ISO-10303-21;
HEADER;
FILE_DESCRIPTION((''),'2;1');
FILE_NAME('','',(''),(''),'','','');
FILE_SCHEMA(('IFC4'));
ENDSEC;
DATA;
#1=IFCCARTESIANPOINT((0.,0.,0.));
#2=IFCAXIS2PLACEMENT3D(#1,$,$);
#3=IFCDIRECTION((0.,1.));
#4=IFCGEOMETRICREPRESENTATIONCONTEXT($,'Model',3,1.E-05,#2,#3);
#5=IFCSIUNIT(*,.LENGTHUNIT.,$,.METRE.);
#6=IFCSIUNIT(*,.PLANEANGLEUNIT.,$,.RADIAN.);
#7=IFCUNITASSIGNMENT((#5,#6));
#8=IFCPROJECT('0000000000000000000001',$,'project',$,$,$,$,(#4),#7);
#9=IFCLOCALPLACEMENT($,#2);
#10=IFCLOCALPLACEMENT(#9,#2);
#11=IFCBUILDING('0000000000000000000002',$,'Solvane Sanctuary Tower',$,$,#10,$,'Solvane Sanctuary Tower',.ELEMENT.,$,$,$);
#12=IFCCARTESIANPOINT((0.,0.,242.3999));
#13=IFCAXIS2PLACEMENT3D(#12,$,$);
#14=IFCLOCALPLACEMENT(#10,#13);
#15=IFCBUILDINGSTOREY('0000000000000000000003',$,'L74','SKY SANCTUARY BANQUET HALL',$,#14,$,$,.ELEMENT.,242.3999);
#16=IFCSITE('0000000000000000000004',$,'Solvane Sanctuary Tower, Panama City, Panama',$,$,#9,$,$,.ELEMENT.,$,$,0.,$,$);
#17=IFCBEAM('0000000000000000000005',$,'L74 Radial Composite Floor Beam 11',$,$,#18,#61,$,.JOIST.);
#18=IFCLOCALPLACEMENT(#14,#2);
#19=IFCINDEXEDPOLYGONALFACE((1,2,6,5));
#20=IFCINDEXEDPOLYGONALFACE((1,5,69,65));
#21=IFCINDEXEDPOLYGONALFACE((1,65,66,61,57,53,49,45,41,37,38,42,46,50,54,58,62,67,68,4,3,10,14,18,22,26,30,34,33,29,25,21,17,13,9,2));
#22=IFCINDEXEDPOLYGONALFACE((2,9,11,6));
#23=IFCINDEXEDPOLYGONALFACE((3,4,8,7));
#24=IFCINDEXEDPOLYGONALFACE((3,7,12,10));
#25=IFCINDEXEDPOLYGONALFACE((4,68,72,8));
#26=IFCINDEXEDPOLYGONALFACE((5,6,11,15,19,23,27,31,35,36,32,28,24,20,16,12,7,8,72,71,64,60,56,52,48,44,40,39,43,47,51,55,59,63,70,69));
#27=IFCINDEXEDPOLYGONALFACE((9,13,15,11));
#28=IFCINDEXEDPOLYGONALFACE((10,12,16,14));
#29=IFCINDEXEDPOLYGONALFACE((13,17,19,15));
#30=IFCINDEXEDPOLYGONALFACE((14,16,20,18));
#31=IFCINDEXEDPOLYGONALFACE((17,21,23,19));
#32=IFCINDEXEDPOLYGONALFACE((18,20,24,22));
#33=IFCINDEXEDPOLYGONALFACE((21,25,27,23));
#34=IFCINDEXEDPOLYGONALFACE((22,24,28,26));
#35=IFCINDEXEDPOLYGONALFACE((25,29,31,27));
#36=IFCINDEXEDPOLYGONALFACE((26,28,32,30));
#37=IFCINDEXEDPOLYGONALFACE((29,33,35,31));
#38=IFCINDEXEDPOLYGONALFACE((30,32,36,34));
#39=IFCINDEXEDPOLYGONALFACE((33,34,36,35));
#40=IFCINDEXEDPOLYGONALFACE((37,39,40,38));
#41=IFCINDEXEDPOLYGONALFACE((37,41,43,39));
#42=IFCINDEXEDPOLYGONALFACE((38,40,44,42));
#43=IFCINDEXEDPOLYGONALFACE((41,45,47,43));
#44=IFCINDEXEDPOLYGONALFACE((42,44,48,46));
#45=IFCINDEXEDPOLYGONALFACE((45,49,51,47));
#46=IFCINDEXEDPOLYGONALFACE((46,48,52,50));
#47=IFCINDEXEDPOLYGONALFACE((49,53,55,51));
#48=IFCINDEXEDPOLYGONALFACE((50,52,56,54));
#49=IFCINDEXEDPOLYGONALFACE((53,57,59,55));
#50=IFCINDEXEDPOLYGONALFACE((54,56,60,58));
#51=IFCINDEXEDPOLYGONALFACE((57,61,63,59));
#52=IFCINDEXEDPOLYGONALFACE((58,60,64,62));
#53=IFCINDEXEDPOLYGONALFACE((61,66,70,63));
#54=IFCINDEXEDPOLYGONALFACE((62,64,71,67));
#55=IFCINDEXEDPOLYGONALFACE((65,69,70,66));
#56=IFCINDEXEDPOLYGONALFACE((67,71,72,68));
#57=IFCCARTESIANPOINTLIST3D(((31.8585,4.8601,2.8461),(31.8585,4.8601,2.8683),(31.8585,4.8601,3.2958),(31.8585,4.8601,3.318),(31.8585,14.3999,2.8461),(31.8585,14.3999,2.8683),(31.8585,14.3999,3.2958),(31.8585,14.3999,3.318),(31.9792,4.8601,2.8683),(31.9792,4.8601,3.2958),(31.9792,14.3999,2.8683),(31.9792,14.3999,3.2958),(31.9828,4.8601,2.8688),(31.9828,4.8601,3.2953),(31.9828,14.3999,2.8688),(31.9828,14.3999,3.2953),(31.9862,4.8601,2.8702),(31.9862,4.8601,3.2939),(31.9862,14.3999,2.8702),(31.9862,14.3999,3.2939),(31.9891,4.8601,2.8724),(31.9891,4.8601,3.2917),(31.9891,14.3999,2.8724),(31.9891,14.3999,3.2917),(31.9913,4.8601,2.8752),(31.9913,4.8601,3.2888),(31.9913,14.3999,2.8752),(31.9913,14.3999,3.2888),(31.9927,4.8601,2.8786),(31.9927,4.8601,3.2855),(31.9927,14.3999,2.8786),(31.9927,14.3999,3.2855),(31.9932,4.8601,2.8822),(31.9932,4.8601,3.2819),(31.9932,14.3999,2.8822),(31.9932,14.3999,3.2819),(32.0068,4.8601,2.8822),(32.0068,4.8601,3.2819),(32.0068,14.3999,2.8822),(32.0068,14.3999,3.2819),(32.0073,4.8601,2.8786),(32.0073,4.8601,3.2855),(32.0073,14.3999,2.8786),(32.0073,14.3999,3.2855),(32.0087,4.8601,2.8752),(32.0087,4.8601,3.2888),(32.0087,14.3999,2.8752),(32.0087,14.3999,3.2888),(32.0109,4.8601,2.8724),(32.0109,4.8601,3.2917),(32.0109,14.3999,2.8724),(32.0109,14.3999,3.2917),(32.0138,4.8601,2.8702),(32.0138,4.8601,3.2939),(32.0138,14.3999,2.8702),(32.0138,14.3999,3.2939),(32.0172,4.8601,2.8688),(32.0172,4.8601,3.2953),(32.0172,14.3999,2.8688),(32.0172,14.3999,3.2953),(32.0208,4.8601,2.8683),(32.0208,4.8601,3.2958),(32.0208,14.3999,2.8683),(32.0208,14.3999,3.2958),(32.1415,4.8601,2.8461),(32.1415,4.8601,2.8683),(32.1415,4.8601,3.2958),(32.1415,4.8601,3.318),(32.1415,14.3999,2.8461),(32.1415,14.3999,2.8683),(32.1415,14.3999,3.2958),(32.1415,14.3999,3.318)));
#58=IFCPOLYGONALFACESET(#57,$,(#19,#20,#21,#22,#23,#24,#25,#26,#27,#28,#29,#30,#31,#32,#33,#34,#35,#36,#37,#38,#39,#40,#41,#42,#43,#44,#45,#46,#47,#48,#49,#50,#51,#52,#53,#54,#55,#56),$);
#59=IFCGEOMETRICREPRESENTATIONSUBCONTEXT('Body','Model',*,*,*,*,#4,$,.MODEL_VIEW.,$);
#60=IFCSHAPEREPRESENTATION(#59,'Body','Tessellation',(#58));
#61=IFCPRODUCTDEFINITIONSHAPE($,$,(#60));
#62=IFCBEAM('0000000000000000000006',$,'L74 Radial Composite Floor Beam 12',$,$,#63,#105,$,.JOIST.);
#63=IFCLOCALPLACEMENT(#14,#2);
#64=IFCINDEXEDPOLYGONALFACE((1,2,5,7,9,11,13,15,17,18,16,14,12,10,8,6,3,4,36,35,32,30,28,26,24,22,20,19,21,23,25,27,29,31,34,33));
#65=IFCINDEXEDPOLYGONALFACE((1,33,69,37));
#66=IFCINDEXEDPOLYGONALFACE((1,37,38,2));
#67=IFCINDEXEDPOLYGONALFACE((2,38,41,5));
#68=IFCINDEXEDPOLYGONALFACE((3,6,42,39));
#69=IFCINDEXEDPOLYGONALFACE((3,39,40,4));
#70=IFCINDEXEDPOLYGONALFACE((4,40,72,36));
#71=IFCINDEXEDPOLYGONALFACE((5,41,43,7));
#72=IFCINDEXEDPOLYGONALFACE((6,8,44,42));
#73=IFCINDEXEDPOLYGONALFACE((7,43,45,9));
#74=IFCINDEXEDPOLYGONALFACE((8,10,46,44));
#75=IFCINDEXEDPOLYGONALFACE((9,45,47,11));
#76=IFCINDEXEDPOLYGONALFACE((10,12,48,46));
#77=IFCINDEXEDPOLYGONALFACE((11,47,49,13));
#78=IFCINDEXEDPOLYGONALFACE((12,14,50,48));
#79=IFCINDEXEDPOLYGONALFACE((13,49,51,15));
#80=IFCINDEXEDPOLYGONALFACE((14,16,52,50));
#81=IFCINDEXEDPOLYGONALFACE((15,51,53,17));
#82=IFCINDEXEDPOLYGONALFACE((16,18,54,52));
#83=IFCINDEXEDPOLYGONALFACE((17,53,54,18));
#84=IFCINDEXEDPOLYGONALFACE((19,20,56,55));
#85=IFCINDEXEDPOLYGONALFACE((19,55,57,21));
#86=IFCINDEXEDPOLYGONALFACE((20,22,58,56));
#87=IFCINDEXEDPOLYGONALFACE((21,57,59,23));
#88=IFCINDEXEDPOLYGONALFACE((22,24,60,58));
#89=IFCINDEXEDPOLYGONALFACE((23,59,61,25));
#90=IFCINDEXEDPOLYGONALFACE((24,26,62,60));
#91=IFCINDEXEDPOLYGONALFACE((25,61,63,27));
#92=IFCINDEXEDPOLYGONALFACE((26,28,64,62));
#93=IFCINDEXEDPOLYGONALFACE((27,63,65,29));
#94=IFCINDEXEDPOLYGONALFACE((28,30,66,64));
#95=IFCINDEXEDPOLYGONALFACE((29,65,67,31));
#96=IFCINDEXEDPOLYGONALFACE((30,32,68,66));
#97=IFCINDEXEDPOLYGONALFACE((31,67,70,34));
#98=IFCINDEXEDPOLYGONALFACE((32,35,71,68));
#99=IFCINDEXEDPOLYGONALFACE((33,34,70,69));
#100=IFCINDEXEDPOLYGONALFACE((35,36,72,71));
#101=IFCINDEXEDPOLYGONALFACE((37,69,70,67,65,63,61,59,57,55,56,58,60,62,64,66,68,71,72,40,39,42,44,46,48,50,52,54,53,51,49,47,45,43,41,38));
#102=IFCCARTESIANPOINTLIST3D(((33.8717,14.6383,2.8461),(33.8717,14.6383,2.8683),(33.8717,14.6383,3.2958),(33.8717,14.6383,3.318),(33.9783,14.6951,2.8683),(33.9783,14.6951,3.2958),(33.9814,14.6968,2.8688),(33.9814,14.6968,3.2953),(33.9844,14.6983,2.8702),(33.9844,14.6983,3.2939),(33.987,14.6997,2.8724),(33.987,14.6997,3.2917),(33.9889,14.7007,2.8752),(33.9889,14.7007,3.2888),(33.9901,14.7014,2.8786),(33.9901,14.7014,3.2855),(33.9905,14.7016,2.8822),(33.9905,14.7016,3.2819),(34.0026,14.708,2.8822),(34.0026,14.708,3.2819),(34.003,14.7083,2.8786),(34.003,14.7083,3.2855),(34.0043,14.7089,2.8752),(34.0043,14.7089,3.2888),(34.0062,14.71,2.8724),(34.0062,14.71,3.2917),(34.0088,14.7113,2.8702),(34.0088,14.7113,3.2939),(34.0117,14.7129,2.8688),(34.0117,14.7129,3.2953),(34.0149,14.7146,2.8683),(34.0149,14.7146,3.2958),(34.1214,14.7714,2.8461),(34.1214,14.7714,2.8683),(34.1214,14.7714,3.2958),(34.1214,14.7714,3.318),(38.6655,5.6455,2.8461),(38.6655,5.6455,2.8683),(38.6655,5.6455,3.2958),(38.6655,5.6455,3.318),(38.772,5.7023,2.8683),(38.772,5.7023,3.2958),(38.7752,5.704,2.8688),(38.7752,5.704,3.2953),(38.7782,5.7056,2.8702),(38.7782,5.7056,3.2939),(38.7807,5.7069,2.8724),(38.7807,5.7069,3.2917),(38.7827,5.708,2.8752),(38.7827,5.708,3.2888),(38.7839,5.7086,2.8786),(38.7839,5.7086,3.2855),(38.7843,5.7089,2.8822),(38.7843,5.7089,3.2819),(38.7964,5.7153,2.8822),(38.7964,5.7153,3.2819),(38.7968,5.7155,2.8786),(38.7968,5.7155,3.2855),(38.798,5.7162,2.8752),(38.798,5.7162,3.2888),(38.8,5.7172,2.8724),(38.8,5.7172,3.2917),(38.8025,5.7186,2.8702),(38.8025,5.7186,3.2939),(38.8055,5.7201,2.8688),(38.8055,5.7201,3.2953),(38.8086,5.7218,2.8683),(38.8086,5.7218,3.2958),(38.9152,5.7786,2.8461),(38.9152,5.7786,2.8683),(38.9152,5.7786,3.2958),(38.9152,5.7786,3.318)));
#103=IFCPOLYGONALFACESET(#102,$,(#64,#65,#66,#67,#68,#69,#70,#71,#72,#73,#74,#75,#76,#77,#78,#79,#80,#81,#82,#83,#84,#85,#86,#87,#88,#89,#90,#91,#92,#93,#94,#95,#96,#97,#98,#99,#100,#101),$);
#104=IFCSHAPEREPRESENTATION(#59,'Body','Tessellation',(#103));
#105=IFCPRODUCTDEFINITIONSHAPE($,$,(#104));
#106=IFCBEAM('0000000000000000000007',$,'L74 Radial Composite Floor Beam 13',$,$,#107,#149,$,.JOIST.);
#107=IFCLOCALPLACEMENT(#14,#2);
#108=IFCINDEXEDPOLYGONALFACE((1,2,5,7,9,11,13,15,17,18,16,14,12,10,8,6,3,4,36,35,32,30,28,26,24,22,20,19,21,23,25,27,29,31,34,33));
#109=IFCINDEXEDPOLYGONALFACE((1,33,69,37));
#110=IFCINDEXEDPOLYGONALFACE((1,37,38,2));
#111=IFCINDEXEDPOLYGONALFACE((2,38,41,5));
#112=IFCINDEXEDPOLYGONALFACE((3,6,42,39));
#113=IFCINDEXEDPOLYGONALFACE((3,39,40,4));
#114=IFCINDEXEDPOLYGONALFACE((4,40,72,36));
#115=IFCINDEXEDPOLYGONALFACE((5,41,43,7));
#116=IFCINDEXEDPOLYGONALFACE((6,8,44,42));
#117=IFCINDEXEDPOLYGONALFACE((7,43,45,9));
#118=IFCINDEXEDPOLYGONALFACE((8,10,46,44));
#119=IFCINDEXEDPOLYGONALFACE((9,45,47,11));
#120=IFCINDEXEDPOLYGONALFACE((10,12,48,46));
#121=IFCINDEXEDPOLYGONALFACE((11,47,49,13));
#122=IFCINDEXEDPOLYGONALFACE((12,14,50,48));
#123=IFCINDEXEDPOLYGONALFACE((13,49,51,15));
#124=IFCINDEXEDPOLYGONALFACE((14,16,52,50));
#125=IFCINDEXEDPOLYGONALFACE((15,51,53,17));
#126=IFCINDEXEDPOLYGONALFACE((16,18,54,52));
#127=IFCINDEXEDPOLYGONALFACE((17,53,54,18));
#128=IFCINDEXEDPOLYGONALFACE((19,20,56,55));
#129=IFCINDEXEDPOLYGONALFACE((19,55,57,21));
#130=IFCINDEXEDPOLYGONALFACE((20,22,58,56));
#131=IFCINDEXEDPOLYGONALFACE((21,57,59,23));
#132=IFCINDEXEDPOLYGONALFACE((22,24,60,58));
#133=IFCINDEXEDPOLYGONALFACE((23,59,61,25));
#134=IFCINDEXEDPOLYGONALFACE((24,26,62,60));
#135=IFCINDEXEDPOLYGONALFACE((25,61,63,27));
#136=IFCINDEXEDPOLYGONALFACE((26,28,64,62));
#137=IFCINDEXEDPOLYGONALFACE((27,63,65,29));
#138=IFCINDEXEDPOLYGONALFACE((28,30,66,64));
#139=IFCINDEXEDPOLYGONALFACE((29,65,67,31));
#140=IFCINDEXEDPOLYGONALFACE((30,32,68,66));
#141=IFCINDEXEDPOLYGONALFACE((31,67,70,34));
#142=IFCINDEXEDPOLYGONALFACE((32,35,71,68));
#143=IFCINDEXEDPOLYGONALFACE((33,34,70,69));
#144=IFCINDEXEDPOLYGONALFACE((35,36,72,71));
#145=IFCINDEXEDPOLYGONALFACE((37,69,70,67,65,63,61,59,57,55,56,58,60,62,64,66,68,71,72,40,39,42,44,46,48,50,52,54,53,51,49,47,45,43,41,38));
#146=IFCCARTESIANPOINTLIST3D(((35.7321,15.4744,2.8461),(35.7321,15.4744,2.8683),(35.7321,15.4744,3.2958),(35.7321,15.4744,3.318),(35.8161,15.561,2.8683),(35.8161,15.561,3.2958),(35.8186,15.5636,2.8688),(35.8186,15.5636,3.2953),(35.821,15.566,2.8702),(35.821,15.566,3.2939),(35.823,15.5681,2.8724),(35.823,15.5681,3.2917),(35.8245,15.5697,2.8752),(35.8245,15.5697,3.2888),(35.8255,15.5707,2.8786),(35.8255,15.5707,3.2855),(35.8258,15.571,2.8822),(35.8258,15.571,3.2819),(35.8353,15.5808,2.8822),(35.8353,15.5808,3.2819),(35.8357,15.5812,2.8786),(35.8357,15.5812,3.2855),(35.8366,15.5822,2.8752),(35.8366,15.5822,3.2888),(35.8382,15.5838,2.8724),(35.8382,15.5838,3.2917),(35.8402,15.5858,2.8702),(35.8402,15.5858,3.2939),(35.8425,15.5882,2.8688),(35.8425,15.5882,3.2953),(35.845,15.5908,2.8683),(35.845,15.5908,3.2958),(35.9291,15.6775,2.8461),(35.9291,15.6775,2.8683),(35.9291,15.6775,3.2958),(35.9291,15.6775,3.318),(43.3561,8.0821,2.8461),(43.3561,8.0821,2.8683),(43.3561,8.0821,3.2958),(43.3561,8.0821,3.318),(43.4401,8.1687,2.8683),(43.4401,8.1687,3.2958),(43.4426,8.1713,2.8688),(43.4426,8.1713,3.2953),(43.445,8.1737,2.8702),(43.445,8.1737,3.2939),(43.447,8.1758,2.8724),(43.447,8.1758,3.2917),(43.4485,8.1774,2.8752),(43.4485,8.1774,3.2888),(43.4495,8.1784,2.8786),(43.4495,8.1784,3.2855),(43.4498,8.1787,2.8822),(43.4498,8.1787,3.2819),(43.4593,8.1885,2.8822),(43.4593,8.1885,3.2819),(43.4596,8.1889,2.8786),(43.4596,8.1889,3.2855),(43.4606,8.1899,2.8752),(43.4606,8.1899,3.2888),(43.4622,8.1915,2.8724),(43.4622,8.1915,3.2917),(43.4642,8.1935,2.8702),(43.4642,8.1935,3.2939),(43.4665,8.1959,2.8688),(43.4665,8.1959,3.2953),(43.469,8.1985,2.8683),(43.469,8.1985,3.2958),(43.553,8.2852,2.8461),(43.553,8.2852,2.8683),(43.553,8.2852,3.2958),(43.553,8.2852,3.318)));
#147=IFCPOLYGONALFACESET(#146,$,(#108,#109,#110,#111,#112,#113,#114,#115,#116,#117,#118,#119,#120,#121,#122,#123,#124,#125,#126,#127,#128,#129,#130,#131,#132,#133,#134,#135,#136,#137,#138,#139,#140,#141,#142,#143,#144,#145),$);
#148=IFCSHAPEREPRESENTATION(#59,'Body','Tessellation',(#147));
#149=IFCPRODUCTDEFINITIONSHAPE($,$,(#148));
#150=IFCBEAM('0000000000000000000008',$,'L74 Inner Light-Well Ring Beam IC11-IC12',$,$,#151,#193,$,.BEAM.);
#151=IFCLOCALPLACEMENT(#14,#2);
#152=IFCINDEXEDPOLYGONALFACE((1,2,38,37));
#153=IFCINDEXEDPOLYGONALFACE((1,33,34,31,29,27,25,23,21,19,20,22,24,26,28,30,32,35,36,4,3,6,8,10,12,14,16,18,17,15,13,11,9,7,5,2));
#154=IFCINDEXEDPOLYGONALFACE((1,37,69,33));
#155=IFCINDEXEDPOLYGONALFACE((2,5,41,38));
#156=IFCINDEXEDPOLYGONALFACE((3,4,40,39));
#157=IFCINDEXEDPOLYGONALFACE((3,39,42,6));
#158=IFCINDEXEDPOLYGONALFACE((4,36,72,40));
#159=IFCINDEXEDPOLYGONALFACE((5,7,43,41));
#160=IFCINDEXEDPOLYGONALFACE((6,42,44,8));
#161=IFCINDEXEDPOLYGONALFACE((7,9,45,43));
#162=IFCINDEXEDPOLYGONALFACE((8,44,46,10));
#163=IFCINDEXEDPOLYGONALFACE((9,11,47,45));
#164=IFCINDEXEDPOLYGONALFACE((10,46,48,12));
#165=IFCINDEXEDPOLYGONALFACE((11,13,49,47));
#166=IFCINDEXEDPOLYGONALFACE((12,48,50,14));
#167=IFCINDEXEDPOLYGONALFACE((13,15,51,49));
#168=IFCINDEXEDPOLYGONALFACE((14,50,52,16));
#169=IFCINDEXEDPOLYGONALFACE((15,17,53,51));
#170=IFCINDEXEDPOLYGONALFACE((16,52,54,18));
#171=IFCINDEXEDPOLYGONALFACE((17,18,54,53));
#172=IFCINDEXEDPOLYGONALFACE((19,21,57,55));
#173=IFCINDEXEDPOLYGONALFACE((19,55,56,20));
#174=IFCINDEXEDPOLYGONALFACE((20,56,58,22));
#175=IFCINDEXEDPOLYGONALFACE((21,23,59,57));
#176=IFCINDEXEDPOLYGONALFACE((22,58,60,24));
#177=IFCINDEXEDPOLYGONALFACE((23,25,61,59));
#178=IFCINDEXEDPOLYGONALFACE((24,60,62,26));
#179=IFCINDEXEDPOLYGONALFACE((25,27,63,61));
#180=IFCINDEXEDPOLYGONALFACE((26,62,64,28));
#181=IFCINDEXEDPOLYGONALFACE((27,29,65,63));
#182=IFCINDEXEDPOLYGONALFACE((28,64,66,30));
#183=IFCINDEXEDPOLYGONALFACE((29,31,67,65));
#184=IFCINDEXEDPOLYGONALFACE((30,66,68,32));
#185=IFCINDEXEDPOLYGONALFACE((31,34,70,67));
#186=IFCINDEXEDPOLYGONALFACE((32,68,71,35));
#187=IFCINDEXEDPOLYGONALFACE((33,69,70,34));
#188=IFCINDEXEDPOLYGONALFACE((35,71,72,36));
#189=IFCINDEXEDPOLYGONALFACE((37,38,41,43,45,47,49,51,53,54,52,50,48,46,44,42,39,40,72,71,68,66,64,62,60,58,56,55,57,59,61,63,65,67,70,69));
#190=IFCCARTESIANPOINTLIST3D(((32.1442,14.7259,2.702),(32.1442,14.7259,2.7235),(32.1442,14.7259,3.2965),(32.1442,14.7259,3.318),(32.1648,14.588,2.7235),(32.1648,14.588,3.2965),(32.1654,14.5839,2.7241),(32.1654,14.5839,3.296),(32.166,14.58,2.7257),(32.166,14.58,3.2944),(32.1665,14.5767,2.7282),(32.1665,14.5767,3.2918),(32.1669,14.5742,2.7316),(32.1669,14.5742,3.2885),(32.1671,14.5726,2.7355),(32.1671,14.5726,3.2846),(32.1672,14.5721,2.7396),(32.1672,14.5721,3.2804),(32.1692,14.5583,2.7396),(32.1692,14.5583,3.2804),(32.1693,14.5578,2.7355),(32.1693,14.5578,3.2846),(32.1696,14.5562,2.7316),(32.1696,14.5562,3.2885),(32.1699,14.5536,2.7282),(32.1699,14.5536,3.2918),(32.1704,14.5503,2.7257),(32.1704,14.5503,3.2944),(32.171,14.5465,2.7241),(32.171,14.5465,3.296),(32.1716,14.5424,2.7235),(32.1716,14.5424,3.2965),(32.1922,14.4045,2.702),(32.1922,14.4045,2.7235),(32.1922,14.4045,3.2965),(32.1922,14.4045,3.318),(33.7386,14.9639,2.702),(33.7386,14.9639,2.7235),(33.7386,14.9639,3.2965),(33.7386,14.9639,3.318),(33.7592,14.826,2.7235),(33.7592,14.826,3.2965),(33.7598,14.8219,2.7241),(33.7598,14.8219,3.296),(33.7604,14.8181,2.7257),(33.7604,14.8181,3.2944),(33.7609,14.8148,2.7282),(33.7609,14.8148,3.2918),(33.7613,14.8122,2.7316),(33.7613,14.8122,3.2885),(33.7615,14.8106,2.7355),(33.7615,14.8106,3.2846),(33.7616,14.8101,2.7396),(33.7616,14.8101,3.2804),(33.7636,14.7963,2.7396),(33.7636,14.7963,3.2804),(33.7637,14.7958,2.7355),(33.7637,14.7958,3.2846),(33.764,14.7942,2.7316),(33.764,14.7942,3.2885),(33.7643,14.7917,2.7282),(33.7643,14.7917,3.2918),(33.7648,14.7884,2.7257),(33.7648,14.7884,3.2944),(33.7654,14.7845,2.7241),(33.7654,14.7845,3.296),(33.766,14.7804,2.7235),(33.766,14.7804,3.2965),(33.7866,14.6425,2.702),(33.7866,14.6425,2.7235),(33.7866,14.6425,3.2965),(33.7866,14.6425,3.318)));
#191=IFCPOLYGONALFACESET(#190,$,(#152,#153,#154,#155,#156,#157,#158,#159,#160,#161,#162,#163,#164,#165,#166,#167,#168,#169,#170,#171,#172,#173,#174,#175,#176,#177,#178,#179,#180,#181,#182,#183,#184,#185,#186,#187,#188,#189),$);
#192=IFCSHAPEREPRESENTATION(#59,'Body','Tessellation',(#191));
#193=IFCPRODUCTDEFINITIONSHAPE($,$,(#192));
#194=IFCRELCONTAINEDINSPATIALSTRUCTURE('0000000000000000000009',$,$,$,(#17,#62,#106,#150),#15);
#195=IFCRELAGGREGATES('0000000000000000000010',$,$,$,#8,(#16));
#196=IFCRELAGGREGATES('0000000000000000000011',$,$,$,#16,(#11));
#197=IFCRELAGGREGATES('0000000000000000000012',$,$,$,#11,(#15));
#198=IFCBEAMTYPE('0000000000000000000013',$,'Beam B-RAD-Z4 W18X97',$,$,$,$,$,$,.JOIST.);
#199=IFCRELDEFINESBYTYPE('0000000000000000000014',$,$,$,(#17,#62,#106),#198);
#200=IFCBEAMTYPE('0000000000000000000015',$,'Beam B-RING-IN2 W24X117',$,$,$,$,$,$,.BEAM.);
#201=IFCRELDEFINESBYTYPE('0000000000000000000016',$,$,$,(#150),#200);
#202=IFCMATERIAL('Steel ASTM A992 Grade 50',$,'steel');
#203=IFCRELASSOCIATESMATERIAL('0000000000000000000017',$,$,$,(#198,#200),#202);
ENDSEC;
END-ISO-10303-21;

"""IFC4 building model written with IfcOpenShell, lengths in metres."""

from ifc_helpers import new_model, si_unit, direction, frame, origin, origin_2d, place, context, subcontext, project, spatial, i_section, extrude, material, material_profile, profile_set, type_object, element, save


model = new_model("IFC4")

# Units and contexts
model_context = context("Model", 3, precision=1e-05, world=origin(), true_north=direction((0.0, 1.0)))
body_context = subcontext(model_context, "Body", "Model", "MODEL_VIEW")
ifc_project = project(units=[si_unit("LENGTHUNIT", "METRE"), si_unit("PLANEANGLEUNIT", "RADIAN")], contexts=[model_context])

# Site, building, storey
site_placement = place(None, origin())
site = spatial("IfcSite", under=ifc_project, at=site_placement, Name="Solvane Sanctuary Tower, Panama City, Panama", CompositionType="ELEMENT", RefElevation=0.0)
building_placement = place(site_placement, origin())
building = spatial("IfcBuilding", under=site, at=building_placement, Name="Solvane Sanctuary Tower", LongName="Solvane Sanctuary Tower", CompositionType="ELEMENT")
storey_placement = place(building_placement, frame((0.0, 0.0, 242.3999)))
storey = spatial("IfcBuildingStorey", under=building, at=storey_placement, Name="L74", Description="SKY SANCTUARY BANQUET HALL", CompositionType="ELEMENT", Elevation=242.3999)

# Beams
ifc_material_1 = material(Name="Steel ASTM A992 Grade 50", Category="steel")
ifc_material_profile_1 = material_profile(ifc_material_1, i_section(OverallWidth=0.283, OverallDepth=0.4719, WebThickness=0.0137, FlangeThickness=0.0222, FilletRadius=0.0139, at=origin_2d()), Name="W18X97")
ifc_profile_set_1 = profile_set([ifc_material_profile_1], Name="Steel ASTM A992 Grade 50")
beam_type_1 = type_object("IfcBeamType", Name="Beam B-RAD-Z4 W18X97", PredefinedType="JOIST", material=ifc_profile_set_1)
beam_1_placement = place(storey_placement, frame((32.0, 14.3999, 3.082), z_axis=(0.0, -1.0, 0.0), x_axis=(1.0, 0.0, 0.0)))
element("IfcBeam", 1, at=beam_1_placement, inside=storey, type_object=beam_type_1, Name="L74 Radial Composite Floor Beam 11", PredefinedType="JOIST", context=body_context, shape_type="SweptSolid", body=[
    extrude(i_section(OverallWidth=0.283, OverallDepth=0.4719, WebThickness=0.0137, FlangeThickness=0.0222, FilletRadius=0.0139, at=origin_2d()), origin(), (0.0, 0.0, 1.0), 9.5398),
])
beam_2_placement = place(storey_placement, frame((33.9966, 14.7048, 3.082), z_axis=(0.470405, -0.88245, 0.0), x_axis=(0.88245, 0.470405, 0.0)))
element("IfcBeam", 2, at=beam_2_placement, inside=storey, type_object=beam_type_1, Name="L74 Radial Composite Floor Beam 12", PredefinedType="JOIST", context=body_context, shape_type="SweptSolid", body=[
    extrude(i_section(OverallWidth=0.283, OverallDepth=0.4719, WebThickness=0.0137, FlangeThickness=0.0222, FilletRadius=0.0139, at=origin_2d()), origin(), (0.0, 0.0, 1.0), 10.1907),
])
beam_3_placement = place(storey_placement, frame((35.8306, 15.5759, 3.082), z_axis=(0.717931, -0.696114, 0.0), x_axis=(0.696114, 0.717931, 0.0)))
element("IfcBeam", 3, at=beam_3_placement, inside=storey, type_object=beam_type_1, Name="L74 Radial Composite Floor Beam 13", PredefinedType="JOIST", context=body_context, shape_type="SweptSolid", body=[
    extrude(i_section(OverallWidth=0.283, OverallDepth=0.4719, WebThickness=0.0137, FlangeThickness=0.0222, FilletRadius=0.0139, at=origin_2d()), origin(), (0.0, 0.0, 1.0), 10.6194),
])
ifc_material_profile_2 = material_profile(ifc_material_1, i_section(OverallWidth=0.325, OverallDepth=0.616, WebThickness=0.0139, FlangeThickness=0.0215, FilletRadius=0.0161, at=origin_2d()), Name="W24X117")
ifc_profile_set_2 = profile_set([ifc_material_profile_2], Name="Steel ASTM A992 Grade 50")
beam_type_2 = type_object("IfcBeamType", Name="Beam B-RING-IN2 W24X117", PredefinedType="BEAM", material=ifc_profile_set_2)
beam_4_placement = place(storey_placement, frame((32.1682, 14.5652, 3.01), z_axis=(0.989039, 0.147652, 0.0), x_axis=(-0.147652, 0.989039, 0.0)))
element("IfcBeam", 4, at=beam_4_placement, inside=storey, type_object=beam_type_2, Name="L74 Inner Light-Well Ring Beam IC11-IC12", PredefinedType="BEAM", context=body_context, shape_type="SweptSolid", body=[
    extrude(i_section(OverallWidth=0.325, OverallDepth=0.616, WebThickness=0.0139, FlangeThickness=0.0215, FilletRadius=0.0161, at=origin_2d()), origin(), (0.0, 0.0, 1.0), 1.6121),
])

save(model, "model.ifc")
